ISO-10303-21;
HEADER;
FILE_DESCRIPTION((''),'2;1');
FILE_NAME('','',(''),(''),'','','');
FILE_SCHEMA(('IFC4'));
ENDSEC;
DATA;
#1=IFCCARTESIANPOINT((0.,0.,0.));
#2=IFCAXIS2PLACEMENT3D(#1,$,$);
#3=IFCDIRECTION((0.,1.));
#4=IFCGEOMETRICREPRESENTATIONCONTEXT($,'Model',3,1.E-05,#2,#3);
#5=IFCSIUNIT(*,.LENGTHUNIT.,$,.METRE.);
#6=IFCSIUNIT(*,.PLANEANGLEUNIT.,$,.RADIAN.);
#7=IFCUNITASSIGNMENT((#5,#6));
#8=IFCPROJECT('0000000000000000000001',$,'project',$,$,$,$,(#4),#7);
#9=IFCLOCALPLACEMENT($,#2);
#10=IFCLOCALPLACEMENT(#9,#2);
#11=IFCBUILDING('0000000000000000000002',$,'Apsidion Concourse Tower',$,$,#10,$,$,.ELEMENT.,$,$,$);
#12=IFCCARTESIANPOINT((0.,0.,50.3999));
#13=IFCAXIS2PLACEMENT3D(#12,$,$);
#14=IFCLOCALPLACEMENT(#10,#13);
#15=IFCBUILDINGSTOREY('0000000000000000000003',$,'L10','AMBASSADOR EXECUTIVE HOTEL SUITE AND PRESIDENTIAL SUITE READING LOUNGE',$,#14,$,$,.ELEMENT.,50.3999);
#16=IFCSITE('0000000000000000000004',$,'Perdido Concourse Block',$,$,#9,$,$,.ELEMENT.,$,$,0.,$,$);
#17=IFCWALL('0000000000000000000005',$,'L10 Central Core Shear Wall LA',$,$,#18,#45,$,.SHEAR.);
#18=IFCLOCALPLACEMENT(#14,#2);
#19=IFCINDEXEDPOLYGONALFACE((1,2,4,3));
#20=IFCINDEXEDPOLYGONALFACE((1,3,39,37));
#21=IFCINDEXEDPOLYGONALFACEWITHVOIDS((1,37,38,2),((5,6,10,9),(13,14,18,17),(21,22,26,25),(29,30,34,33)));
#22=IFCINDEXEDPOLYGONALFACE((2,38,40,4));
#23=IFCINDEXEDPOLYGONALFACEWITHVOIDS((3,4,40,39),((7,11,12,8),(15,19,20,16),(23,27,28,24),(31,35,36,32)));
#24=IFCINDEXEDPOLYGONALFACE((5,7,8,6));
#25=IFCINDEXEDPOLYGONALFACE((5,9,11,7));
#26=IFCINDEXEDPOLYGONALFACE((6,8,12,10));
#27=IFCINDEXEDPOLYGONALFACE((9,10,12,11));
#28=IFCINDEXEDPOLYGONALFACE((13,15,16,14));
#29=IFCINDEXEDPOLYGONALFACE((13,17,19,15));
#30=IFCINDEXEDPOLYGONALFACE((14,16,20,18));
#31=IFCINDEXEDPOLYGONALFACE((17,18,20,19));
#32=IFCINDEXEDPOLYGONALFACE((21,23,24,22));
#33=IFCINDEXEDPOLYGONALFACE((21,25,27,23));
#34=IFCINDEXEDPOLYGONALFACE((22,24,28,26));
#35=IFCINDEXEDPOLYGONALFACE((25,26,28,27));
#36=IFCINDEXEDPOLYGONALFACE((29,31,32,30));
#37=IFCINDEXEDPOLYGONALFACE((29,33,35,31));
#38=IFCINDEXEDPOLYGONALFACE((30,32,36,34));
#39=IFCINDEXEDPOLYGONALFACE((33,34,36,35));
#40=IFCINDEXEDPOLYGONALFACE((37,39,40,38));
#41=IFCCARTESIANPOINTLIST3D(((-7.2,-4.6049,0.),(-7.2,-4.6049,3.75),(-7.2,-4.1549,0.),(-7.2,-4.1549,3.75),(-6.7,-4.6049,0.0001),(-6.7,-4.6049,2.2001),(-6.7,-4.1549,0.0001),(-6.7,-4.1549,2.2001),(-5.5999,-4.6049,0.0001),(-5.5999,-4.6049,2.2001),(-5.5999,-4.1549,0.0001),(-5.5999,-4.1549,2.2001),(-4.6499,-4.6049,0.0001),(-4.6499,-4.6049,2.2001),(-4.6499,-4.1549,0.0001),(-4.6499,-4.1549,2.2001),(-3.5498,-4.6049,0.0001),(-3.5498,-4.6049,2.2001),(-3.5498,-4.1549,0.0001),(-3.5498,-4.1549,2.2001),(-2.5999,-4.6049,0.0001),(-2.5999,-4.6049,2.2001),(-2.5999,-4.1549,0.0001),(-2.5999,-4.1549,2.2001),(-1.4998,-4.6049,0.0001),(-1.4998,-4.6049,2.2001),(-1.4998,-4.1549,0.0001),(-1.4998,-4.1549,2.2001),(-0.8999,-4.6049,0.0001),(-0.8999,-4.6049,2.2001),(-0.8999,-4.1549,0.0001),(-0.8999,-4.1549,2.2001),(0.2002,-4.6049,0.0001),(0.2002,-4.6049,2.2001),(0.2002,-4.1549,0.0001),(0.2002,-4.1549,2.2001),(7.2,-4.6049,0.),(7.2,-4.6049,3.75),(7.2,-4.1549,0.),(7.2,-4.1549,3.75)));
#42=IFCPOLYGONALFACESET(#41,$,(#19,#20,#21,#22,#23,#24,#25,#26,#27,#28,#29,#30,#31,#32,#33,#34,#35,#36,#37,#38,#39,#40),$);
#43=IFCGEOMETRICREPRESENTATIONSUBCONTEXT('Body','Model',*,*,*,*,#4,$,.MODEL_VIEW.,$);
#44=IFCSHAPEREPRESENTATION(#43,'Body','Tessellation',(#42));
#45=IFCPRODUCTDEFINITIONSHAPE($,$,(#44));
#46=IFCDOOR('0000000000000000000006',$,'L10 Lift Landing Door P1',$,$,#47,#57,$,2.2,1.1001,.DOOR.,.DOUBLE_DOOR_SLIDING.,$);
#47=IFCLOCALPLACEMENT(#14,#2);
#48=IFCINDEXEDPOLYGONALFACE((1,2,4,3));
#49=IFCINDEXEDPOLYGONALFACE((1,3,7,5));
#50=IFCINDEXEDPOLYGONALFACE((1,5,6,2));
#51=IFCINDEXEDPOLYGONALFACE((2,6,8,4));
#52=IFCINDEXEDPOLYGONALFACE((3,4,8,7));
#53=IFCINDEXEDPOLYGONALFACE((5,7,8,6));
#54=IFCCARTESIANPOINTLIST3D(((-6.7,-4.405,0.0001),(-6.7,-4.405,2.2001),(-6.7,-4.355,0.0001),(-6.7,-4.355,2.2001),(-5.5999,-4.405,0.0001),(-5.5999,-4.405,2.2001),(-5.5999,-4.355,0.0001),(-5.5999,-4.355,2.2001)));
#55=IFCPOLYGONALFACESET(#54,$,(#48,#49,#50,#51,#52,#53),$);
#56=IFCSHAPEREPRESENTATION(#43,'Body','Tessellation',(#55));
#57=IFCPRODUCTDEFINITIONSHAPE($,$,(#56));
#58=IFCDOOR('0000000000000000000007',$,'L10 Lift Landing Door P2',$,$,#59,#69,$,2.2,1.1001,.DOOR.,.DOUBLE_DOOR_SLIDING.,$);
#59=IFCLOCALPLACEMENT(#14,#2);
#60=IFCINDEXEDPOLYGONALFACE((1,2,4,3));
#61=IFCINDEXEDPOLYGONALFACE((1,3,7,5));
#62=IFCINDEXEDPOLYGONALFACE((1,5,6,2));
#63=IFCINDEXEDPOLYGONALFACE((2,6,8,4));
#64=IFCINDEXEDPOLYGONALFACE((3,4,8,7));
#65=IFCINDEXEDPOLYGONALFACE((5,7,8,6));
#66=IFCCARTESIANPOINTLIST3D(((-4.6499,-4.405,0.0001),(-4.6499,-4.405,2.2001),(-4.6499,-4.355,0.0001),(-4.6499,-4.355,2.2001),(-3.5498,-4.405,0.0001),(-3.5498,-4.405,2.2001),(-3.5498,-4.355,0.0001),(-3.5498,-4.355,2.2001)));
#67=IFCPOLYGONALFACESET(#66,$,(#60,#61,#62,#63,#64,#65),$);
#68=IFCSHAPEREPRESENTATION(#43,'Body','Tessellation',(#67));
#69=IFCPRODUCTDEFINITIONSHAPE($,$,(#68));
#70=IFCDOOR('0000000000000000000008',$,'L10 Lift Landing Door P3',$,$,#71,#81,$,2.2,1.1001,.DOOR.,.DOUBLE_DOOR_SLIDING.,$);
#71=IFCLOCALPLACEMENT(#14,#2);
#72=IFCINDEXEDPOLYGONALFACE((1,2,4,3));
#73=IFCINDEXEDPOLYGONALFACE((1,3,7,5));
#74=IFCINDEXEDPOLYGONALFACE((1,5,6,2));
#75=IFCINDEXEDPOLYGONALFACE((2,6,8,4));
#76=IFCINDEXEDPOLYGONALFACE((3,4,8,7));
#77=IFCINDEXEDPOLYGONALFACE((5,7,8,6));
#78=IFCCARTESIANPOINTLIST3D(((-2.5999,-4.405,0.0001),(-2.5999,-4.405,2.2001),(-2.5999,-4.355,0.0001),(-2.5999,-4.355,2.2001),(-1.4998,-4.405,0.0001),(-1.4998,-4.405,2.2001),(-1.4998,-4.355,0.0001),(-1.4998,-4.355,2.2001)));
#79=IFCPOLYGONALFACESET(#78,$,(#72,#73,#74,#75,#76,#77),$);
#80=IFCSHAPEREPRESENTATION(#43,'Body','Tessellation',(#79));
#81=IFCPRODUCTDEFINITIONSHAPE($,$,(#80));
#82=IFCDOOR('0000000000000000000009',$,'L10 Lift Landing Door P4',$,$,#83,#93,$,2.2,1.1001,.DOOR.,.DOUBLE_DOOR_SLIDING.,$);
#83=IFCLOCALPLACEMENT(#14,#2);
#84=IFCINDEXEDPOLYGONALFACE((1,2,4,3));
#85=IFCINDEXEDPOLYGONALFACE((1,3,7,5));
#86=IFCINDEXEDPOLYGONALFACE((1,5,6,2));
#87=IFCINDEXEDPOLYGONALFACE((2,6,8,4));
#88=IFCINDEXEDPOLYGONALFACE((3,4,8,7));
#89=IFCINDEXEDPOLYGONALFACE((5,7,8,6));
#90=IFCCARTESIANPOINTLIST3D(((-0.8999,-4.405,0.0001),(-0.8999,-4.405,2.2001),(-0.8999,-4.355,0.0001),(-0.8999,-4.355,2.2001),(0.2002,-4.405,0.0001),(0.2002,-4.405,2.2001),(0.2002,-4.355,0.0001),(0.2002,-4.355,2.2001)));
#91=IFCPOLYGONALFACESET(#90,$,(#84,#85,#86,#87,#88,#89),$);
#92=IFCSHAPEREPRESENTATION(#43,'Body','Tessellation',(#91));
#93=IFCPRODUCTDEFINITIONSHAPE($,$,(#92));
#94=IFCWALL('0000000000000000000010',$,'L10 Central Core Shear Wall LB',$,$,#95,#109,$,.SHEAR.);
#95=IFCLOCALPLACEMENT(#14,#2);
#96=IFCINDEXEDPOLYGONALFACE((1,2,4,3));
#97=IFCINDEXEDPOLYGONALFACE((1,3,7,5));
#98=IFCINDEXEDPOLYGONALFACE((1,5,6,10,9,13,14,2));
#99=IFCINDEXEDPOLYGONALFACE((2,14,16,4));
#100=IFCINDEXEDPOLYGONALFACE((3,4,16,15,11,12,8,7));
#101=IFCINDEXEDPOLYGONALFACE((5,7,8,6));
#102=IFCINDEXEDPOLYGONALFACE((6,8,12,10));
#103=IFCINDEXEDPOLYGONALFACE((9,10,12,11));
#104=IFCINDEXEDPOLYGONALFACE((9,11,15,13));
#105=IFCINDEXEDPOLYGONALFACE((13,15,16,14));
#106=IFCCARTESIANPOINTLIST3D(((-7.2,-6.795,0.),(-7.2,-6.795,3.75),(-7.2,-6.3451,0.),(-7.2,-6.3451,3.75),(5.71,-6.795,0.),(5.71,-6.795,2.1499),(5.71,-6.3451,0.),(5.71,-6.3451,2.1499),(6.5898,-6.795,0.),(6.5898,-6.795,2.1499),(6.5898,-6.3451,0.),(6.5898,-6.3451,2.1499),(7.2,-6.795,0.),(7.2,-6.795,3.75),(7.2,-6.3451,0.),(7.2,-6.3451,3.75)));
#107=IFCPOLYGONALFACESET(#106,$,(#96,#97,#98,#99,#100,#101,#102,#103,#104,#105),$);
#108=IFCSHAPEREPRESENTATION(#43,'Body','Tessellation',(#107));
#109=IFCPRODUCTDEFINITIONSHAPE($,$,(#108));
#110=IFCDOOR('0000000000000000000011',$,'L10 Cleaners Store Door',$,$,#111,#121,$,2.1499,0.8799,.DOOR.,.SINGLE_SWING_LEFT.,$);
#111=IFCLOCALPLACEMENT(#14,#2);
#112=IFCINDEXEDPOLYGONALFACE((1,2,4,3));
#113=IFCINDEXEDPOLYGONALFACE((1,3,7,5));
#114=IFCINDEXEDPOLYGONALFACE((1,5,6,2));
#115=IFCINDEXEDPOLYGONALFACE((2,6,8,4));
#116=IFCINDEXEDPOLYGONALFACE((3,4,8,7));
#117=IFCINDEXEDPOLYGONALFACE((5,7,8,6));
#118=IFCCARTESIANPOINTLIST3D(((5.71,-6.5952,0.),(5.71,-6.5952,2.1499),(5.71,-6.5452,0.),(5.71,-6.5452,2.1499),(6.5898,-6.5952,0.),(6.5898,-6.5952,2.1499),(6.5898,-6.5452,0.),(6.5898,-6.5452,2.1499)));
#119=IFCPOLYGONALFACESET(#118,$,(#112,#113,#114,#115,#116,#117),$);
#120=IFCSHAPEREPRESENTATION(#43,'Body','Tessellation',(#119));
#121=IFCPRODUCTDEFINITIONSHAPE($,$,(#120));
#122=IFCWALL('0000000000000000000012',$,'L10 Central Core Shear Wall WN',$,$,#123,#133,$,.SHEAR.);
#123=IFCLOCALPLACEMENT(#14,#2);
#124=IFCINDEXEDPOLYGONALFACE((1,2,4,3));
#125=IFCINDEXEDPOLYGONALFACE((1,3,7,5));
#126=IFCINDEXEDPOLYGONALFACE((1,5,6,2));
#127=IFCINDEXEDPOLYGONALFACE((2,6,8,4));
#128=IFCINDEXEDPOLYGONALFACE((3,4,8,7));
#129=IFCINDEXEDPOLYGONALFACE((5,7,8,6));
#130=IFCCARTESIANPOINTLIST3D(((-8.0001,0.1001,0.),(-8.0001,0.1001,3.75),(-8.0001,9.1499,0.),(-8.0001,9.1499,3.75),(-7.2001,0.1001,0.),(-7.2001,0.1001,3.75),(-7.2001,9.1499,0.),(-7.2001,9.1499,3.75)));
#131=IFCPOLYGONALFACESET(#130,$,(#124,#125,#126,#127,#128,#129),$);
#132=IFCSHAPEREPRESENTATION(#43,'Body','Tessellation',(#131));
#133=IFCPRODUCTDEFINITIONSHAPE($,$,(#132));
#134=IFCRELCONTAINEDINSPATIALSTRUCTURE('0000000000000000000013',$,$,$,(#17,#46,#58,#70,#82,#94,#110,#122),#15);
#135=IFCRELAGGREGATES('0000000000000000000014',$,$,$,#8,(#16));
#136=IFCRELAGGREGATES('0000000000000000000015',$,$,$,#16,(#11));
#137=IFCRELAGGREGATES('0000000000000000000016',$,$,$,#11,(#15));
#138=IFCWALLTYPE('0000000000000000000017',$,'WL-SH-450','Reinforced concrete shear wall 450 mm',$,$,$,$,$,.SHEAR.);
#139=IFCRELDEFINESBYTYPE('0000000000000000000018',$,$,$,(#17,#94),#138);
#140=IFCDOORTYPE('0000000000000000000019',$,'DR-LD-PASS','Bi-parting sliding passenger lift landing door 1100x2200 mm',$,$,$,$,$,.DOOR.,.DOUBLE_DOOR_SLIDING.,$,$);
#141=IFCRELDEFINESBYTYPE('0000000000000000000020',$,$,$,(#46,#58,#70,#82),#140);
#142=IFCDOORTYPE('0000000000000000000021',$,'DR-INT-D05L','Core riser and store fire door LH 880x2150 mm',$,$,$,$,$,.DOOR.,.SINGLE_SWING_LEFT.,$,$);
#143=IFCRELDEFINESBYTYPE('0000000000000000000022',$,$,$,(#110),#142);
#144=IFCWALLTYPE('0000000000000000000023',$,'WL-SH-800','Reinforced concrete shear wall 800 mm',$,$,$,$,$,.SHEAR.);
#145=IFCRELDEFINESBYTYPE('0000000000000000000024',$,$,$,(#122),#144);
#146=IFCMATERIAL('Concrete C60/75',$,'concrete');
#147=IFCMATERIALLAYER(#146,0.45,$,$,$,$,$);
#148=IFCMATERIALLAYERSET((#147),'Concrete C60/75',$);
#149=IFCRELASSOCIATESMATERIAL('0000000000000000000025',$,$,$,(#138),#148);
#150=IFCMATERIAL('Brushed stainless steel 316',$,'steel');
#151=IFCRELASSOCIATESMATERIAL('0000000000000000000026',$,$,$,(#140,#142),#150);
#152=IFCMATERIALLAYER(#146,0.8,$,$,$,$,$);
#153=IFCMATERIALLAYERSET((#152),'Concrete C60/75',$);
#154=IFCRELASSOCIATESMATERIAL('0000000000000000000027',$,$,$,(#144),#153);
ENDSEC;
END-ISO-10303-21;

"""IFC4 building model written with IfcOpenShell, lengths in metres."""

from ifc_helpers import new_model, si_unit, direction, frame, frame_2d, origin, place, context, subcontext, project, spatial, rectangle, extrude, material, layer, layer_set, type_object, element, fill, save


model = new_model("IFC4")

# Units and contexts
model_context = context("Model", 3, precision=1e-05, world=origin(), true_north=direction((0.0, 1.0)))
body_context = subcontext(model_context, "Body", "Model", "MODEL_VIEW")
ifc_project = project(units=[si_unit("LENGTHUNIT", "METRE"), si_unit("PLANEANGLEUNIT", "RADIAN")], contexts=[model_context])

# Site, building, storey
site_placement = place(None, origin())
site = spatial("IfcSite", under=ifc_project, at=site_placement, Name="Perdido Concourse Block", CompositionType="ELEMENT", RefElevation=0.0)
building_placement = place(site_placement, origin())
building = spatial("IfcBuilding", under=site, at=building_placement, Name="Apsidion Concourse Tower", CompositionType="ELEMENT")
storey_placement = place(building_placement, frame((0.0, 0.0, 50.3999)))
storey = spatial("IfcBuildingStorey", under=building, at=storey_placement, Name="L10", Description="AMBASSADOR EXECUTIVE HOTEL SUITE AND PRESIDENTIAL SUITE READING LOUNGE", CompositionType="ELEMENT", Elevation=50.3999)

# Shared definitions
ifc_material_1 = material(Name="Concrete C60/75", Category="concrete")

# Shared definitions
ifc_material_2 = material(Name="Brushed stainless steel 316", Category="steel")

# Shared definitions
ifc_layer_1 = layer(ifc_material_1, 0.45)
ifc_layer_set_1 = layer_set([ifc_layer_1], Name="Concrete C60/75")
wall_type_1 = type_object("IfcWallType", Name="WL-SH-450", Description="Reinforced concrete shear wall 450 mm", PredefinedType="SHEAR", material=ifc_layer_set_1)

# Wall, openings, doors
wall_1_placement = place(storey_placement, frame((-7.2, -4.3799, 0.0), z_axis=(0.0, 0.0, 1.0), x_axis=(1.0, 0.0, 0.0)))
wall_1 = element("IfcWall", 1, at=wall_1_placement, inside=storey, type_object=wall_type_1, Name="L10 Central Core Shear Wall LA", PredefinedType="SHEAR", context=body_context, shape_type="SweptSolid", body=[
    extrude(rectangle(XDim=14.3999, YDim=0.45, at=frame_2d((7.2, 0.0))), origin(), (0.0, 0.0, 1.0), 3.75),
])
opening_1_placement = place(wall_1_placement, frame((0.5, 0.0, 0.0)))
opening_1 = element("IfcOpeningElement", 2, at=opening_1_placement, cuts=wall_1, PredefinedType="OPENING", context=body_context, shape_type="SweptSolid", body=[
    extrude(rectangle(XDim=1.1001, YDim=2.2, at=frame_2d((0.55, 1.1001))), frame((0.0, 0.2349, 0.0), z_axis=(0.0, -1.0, 0.0), x_axis=(1.0, 0.0, 0.0)), (0.0, 0.0, 1.0), 0.47),
])
opening_2_placement = place(wall_1_placement, frame((2.55, 0.0, 0.0)))
opening_2 = element("IfcOpeningElement", 3, at=opening_2_placement, cuts=wall_1, PredefinedType="OPENING", context=body_context, shape_type="SweptSolid", body=[
    extrude(rectangle(XDim=1.1001, YDim=2.2, at=frame_2d((0.55, 1.1001))), frame((0.0, 0.2349, 0.0), z_axis=(0.0, -1.0, 0.0), x_axis=(1.0, 0.0, 0.0)), (0.0, 0.0, 1.0), 0.47),
])
opening_3_placement = place(wall_1_placement, frame((4.6001, 0.0, 0.0)))
opening_3 = element("IfcOpeningElement", 4, at=opening_3_placement, cuts=wall_1, PredefinedType="OPENING", context=body_context, shape_type="SweptSolid", body=[
    extrude(rectangle(XDim=1.1001, YDim=2.2, at=frame_2d((0.55, 1.1001))), frame((0.0, 0.2349, 0.0), z_axis=(0.0, -1.0, 0.0), x_axis=(1.0, 0.0, 0.0)), (0.0, 0.0, 1.0), 0.47),
])
opening_4_placement = place(wall_1_placement, frame((6.3, 0.0, 0.0)))
opening_4 = element("IfcOpeningElement", 5, at=opening_4_placement, cuts=wall_1, PredefinedType="OPENING", context=body_context, shape_type="SweptSolid", body=[
    extrude(rectangle(XDim=1.1001, YDim=2.2, at=frame_2d((0.55, 1.1001))), frame((0.0, 0.2349, 0.0), z_axis=(0.0, -1.0, 0.0), x_axis=(1.0, 0.0, 0.0)), (0.0, 0.0, 1.0), 0.47),
])
door_type_1 = type_object("IfcDoorType", Name="DR-LD-PASS", Description="Bi-parting sliding passenger lift landing door 1100x2200 mm", OperationType="DOUBLE_DOOR_SLIDING", PredefinedType="DOOR", material=ifc_material_2)
door_1_placement = place(opening_1_placement, origin())
door_1 = element("IfcDoor", 6, at=door_1_placement, inside=storey, type_object=door_type_1, Name="L10 Lift Landing Door P1", OperationType="DOUBLE_DOOR_SLIDING", OverallHeight=2.2, OverallWidth=1.1001, PredefinedType="DOOR", context=body_context, shape_type="SweptSolid", body=[
    extrude(rectangle(XDim=1.1001, YDim=2.2, at=frame_2d((0.55, 1.1001))), frame((0.0, 0.0249, 0.0), z_axis=(0.0, -1.0, 0.0), x_axis=(1.0, 0.0, 0.0)), (0.0, 0.0, 1.0), 0.05),
])
fill(opening_1, door_1)
door_2_placement = place(opening_2_placement, origin())
door_2 = element("IfcDoor", 7, at=door_2_placement, inside=storey, type_object=door_type_1, Name="L10 Lift Landing Door P2", OperationType="DOUBLE_DOOR_SLIDING", OverallHeight=2.2, OverallWidth=1.1001, PredefinedType="DOOR", context=body_context, shape_type="SweptSolid", body=[
    extrude(rectangle(XDim=1.1001, YDim=2.2, at=frame_2d((0.55, 1.1001))), frame((0.0, 0.0249, 0.0), z_axis=(0.0, -1.0, 0.0), x_axis=(1.0, 0.0, 0.0)), (0.0, 0.0, 1.0), 0.05),
])
fill(opening_2, door_2)
door_3_placement = place(opening_3_placement, origin())
door_3 = element("IfcDoor", 8, at=door_3_placement, inside=storey, type_object=door_type_1, Name="L10 Lift Landing Door P3", OperationType="DOUBLE_DOOR_SLIDING", OverallHeight=2.2, OverallWidth=1.1001, PredefinedType="DOOR", context=body_context, shape_type="SweptSolid", body=[
    extrude(rectangle(XDim=1.1001, YDim=2.2, at=frame_2d((0.55, 1.1001))), frame((0.0, 0.0249, 0.0), z_axis=(0.0, -1.0, 0.0), x_axis=(1.0, 0.0, 0.0)), (0.0, 0.0, 1.0), 0.05),
])
fill(opening_3, door_3)
door_4_placement = place(opening_4_placement, origin())
door_4 = element("IfcDoor", 9, at=door_4_placement, inside=storey, type_object=door_type_1, Name="L10 Lift Landing Door P4", OperationType="DOUBLE_DOOR_SLIDING", OverallHeight=2.2, OverallWidth=1.1001, PredefinedType="DOOR", context=body_context, shape_type="SweptSolid", body=[
    extrude(rectangle(XDim=1.1001, YDim=2.2, at=frame_2d((0.55, 1.1001))), frame((0.0, 0.0249, 0.0), z_axis=(0.0, -1.0, 0.0), x_axis=(1.0, 0.0, 0.0)), (0.0, 0.0, 1.0), 0.05),
])
fill(opening_4, door_4)

# Wall, opening, door
wall_2_placement = place(storey_placement, frame((-7.2, -6.5701, 0.0), z_axis=(0.0, 0.0, 1.0), x_axis=(1.0, 0.0, 0.0)))
wall_2 = element("IfcWall", 10, at=wall_2_placement, inside=storey, type_object=wall_type_1, Name="L10 Central Core Shear Wall LB", PredefinedType="SHEAR", context=body_context, shape_type="SweptSolid", body=[
    extrude(rectangle(XDim=14.3999, YDim=0.45, at=frame_2d((7.2, 0.0))), origin(), (0.0, 0.0, 1.0), 3.75),
])
opening_5_placement = place(wall_2_placement, frame((12.9099, 0.0, 0.0)))
opening_5 = element("IfcOpeningElement", 11, at=opening_5_placement, cuts=wall_2, PredefinedType="OPENING", context=body_context, shape_type="SweptSolid", body=[
    extrude(rectangle(XDim=0.8799, YDim=2.1499, at=frame_2d((0.4399, 1.075))), frame((0.0, 0.2349, 0.0), z_axis=(0.0, -1.0, 0.0), x_axis=(1.0, 0.0, 0.0)), (0.0, 0.0, 1.0), 0.47),
])
door_type_2 = type_object("IfcDoorType", Name="DR-INT-D05L", Description="Core riser and store fire door LH 880x2150 mm", OperationType="SINGLE_SWING_LEFT", PredefinedType="DOOR", material=ifc_material_2)
door_5_placement = place(opening_5_placement, origin())
door_5 = element("IfcDoor", 12, at=door_5_placement, inside=storey, type_object=door_type_2, Name="L10 Cleaners Store Door", OperationType="SINGLE_SWING_LEFT", OverallHeight=2.1499, OverallWidth=0.8799, PredefinedType="DOOR", context=body_context, shape_type="SweptSolid", body=[
    extrude(rectangle(XDim=0.8799, YDim=2.1499, at=frame_2d((0.4399, 1.075))), frame((0.0, 0.0249, 0.0), z_axis=(0.0, -1.0, 0.0), x_axis=(1.0, 0.0, 0.0)), (0.0, 0.0, 1.0), 0.05),
])
fill(opening_5, door_5)

# Wall
ifc_layer_2 = layer(ifc_material_1, 0.8)
ifc_layer_set_2 = layer_set([ifc_layer_2], Name="Concrete C60/75")
wall_type_2 = type_object("IfcWallType", Name="WL-SH-800", Description="Reinforced concrete shear wall 800 mm", PredefinedType="SHEAR", material=ifc_layer_set_2)
wall_3_placement = place(storey_placement, frame((-7.6001, 0.1001, 0.0), z_axis=(0.0, 0.0, 1.0), x_axis=(0.0, 1.0, 0.0)))
element("IfcWall", 13, at=wall_3_placement, inside=storey, type_object=wall_type_2, Name="L10 Central Core Shear Wall WN", PredefinedType="SHEAR", context=body_context, shape_type="SweptSolid", body=[
    extrude(rectangle(XDim=9.0498, YDim=0.8, at=frame_2d((4.5249, 0.0))), origin(), (0.0, 0.0, 1.0), 3.75),
])

save(model, "model.ifc")
